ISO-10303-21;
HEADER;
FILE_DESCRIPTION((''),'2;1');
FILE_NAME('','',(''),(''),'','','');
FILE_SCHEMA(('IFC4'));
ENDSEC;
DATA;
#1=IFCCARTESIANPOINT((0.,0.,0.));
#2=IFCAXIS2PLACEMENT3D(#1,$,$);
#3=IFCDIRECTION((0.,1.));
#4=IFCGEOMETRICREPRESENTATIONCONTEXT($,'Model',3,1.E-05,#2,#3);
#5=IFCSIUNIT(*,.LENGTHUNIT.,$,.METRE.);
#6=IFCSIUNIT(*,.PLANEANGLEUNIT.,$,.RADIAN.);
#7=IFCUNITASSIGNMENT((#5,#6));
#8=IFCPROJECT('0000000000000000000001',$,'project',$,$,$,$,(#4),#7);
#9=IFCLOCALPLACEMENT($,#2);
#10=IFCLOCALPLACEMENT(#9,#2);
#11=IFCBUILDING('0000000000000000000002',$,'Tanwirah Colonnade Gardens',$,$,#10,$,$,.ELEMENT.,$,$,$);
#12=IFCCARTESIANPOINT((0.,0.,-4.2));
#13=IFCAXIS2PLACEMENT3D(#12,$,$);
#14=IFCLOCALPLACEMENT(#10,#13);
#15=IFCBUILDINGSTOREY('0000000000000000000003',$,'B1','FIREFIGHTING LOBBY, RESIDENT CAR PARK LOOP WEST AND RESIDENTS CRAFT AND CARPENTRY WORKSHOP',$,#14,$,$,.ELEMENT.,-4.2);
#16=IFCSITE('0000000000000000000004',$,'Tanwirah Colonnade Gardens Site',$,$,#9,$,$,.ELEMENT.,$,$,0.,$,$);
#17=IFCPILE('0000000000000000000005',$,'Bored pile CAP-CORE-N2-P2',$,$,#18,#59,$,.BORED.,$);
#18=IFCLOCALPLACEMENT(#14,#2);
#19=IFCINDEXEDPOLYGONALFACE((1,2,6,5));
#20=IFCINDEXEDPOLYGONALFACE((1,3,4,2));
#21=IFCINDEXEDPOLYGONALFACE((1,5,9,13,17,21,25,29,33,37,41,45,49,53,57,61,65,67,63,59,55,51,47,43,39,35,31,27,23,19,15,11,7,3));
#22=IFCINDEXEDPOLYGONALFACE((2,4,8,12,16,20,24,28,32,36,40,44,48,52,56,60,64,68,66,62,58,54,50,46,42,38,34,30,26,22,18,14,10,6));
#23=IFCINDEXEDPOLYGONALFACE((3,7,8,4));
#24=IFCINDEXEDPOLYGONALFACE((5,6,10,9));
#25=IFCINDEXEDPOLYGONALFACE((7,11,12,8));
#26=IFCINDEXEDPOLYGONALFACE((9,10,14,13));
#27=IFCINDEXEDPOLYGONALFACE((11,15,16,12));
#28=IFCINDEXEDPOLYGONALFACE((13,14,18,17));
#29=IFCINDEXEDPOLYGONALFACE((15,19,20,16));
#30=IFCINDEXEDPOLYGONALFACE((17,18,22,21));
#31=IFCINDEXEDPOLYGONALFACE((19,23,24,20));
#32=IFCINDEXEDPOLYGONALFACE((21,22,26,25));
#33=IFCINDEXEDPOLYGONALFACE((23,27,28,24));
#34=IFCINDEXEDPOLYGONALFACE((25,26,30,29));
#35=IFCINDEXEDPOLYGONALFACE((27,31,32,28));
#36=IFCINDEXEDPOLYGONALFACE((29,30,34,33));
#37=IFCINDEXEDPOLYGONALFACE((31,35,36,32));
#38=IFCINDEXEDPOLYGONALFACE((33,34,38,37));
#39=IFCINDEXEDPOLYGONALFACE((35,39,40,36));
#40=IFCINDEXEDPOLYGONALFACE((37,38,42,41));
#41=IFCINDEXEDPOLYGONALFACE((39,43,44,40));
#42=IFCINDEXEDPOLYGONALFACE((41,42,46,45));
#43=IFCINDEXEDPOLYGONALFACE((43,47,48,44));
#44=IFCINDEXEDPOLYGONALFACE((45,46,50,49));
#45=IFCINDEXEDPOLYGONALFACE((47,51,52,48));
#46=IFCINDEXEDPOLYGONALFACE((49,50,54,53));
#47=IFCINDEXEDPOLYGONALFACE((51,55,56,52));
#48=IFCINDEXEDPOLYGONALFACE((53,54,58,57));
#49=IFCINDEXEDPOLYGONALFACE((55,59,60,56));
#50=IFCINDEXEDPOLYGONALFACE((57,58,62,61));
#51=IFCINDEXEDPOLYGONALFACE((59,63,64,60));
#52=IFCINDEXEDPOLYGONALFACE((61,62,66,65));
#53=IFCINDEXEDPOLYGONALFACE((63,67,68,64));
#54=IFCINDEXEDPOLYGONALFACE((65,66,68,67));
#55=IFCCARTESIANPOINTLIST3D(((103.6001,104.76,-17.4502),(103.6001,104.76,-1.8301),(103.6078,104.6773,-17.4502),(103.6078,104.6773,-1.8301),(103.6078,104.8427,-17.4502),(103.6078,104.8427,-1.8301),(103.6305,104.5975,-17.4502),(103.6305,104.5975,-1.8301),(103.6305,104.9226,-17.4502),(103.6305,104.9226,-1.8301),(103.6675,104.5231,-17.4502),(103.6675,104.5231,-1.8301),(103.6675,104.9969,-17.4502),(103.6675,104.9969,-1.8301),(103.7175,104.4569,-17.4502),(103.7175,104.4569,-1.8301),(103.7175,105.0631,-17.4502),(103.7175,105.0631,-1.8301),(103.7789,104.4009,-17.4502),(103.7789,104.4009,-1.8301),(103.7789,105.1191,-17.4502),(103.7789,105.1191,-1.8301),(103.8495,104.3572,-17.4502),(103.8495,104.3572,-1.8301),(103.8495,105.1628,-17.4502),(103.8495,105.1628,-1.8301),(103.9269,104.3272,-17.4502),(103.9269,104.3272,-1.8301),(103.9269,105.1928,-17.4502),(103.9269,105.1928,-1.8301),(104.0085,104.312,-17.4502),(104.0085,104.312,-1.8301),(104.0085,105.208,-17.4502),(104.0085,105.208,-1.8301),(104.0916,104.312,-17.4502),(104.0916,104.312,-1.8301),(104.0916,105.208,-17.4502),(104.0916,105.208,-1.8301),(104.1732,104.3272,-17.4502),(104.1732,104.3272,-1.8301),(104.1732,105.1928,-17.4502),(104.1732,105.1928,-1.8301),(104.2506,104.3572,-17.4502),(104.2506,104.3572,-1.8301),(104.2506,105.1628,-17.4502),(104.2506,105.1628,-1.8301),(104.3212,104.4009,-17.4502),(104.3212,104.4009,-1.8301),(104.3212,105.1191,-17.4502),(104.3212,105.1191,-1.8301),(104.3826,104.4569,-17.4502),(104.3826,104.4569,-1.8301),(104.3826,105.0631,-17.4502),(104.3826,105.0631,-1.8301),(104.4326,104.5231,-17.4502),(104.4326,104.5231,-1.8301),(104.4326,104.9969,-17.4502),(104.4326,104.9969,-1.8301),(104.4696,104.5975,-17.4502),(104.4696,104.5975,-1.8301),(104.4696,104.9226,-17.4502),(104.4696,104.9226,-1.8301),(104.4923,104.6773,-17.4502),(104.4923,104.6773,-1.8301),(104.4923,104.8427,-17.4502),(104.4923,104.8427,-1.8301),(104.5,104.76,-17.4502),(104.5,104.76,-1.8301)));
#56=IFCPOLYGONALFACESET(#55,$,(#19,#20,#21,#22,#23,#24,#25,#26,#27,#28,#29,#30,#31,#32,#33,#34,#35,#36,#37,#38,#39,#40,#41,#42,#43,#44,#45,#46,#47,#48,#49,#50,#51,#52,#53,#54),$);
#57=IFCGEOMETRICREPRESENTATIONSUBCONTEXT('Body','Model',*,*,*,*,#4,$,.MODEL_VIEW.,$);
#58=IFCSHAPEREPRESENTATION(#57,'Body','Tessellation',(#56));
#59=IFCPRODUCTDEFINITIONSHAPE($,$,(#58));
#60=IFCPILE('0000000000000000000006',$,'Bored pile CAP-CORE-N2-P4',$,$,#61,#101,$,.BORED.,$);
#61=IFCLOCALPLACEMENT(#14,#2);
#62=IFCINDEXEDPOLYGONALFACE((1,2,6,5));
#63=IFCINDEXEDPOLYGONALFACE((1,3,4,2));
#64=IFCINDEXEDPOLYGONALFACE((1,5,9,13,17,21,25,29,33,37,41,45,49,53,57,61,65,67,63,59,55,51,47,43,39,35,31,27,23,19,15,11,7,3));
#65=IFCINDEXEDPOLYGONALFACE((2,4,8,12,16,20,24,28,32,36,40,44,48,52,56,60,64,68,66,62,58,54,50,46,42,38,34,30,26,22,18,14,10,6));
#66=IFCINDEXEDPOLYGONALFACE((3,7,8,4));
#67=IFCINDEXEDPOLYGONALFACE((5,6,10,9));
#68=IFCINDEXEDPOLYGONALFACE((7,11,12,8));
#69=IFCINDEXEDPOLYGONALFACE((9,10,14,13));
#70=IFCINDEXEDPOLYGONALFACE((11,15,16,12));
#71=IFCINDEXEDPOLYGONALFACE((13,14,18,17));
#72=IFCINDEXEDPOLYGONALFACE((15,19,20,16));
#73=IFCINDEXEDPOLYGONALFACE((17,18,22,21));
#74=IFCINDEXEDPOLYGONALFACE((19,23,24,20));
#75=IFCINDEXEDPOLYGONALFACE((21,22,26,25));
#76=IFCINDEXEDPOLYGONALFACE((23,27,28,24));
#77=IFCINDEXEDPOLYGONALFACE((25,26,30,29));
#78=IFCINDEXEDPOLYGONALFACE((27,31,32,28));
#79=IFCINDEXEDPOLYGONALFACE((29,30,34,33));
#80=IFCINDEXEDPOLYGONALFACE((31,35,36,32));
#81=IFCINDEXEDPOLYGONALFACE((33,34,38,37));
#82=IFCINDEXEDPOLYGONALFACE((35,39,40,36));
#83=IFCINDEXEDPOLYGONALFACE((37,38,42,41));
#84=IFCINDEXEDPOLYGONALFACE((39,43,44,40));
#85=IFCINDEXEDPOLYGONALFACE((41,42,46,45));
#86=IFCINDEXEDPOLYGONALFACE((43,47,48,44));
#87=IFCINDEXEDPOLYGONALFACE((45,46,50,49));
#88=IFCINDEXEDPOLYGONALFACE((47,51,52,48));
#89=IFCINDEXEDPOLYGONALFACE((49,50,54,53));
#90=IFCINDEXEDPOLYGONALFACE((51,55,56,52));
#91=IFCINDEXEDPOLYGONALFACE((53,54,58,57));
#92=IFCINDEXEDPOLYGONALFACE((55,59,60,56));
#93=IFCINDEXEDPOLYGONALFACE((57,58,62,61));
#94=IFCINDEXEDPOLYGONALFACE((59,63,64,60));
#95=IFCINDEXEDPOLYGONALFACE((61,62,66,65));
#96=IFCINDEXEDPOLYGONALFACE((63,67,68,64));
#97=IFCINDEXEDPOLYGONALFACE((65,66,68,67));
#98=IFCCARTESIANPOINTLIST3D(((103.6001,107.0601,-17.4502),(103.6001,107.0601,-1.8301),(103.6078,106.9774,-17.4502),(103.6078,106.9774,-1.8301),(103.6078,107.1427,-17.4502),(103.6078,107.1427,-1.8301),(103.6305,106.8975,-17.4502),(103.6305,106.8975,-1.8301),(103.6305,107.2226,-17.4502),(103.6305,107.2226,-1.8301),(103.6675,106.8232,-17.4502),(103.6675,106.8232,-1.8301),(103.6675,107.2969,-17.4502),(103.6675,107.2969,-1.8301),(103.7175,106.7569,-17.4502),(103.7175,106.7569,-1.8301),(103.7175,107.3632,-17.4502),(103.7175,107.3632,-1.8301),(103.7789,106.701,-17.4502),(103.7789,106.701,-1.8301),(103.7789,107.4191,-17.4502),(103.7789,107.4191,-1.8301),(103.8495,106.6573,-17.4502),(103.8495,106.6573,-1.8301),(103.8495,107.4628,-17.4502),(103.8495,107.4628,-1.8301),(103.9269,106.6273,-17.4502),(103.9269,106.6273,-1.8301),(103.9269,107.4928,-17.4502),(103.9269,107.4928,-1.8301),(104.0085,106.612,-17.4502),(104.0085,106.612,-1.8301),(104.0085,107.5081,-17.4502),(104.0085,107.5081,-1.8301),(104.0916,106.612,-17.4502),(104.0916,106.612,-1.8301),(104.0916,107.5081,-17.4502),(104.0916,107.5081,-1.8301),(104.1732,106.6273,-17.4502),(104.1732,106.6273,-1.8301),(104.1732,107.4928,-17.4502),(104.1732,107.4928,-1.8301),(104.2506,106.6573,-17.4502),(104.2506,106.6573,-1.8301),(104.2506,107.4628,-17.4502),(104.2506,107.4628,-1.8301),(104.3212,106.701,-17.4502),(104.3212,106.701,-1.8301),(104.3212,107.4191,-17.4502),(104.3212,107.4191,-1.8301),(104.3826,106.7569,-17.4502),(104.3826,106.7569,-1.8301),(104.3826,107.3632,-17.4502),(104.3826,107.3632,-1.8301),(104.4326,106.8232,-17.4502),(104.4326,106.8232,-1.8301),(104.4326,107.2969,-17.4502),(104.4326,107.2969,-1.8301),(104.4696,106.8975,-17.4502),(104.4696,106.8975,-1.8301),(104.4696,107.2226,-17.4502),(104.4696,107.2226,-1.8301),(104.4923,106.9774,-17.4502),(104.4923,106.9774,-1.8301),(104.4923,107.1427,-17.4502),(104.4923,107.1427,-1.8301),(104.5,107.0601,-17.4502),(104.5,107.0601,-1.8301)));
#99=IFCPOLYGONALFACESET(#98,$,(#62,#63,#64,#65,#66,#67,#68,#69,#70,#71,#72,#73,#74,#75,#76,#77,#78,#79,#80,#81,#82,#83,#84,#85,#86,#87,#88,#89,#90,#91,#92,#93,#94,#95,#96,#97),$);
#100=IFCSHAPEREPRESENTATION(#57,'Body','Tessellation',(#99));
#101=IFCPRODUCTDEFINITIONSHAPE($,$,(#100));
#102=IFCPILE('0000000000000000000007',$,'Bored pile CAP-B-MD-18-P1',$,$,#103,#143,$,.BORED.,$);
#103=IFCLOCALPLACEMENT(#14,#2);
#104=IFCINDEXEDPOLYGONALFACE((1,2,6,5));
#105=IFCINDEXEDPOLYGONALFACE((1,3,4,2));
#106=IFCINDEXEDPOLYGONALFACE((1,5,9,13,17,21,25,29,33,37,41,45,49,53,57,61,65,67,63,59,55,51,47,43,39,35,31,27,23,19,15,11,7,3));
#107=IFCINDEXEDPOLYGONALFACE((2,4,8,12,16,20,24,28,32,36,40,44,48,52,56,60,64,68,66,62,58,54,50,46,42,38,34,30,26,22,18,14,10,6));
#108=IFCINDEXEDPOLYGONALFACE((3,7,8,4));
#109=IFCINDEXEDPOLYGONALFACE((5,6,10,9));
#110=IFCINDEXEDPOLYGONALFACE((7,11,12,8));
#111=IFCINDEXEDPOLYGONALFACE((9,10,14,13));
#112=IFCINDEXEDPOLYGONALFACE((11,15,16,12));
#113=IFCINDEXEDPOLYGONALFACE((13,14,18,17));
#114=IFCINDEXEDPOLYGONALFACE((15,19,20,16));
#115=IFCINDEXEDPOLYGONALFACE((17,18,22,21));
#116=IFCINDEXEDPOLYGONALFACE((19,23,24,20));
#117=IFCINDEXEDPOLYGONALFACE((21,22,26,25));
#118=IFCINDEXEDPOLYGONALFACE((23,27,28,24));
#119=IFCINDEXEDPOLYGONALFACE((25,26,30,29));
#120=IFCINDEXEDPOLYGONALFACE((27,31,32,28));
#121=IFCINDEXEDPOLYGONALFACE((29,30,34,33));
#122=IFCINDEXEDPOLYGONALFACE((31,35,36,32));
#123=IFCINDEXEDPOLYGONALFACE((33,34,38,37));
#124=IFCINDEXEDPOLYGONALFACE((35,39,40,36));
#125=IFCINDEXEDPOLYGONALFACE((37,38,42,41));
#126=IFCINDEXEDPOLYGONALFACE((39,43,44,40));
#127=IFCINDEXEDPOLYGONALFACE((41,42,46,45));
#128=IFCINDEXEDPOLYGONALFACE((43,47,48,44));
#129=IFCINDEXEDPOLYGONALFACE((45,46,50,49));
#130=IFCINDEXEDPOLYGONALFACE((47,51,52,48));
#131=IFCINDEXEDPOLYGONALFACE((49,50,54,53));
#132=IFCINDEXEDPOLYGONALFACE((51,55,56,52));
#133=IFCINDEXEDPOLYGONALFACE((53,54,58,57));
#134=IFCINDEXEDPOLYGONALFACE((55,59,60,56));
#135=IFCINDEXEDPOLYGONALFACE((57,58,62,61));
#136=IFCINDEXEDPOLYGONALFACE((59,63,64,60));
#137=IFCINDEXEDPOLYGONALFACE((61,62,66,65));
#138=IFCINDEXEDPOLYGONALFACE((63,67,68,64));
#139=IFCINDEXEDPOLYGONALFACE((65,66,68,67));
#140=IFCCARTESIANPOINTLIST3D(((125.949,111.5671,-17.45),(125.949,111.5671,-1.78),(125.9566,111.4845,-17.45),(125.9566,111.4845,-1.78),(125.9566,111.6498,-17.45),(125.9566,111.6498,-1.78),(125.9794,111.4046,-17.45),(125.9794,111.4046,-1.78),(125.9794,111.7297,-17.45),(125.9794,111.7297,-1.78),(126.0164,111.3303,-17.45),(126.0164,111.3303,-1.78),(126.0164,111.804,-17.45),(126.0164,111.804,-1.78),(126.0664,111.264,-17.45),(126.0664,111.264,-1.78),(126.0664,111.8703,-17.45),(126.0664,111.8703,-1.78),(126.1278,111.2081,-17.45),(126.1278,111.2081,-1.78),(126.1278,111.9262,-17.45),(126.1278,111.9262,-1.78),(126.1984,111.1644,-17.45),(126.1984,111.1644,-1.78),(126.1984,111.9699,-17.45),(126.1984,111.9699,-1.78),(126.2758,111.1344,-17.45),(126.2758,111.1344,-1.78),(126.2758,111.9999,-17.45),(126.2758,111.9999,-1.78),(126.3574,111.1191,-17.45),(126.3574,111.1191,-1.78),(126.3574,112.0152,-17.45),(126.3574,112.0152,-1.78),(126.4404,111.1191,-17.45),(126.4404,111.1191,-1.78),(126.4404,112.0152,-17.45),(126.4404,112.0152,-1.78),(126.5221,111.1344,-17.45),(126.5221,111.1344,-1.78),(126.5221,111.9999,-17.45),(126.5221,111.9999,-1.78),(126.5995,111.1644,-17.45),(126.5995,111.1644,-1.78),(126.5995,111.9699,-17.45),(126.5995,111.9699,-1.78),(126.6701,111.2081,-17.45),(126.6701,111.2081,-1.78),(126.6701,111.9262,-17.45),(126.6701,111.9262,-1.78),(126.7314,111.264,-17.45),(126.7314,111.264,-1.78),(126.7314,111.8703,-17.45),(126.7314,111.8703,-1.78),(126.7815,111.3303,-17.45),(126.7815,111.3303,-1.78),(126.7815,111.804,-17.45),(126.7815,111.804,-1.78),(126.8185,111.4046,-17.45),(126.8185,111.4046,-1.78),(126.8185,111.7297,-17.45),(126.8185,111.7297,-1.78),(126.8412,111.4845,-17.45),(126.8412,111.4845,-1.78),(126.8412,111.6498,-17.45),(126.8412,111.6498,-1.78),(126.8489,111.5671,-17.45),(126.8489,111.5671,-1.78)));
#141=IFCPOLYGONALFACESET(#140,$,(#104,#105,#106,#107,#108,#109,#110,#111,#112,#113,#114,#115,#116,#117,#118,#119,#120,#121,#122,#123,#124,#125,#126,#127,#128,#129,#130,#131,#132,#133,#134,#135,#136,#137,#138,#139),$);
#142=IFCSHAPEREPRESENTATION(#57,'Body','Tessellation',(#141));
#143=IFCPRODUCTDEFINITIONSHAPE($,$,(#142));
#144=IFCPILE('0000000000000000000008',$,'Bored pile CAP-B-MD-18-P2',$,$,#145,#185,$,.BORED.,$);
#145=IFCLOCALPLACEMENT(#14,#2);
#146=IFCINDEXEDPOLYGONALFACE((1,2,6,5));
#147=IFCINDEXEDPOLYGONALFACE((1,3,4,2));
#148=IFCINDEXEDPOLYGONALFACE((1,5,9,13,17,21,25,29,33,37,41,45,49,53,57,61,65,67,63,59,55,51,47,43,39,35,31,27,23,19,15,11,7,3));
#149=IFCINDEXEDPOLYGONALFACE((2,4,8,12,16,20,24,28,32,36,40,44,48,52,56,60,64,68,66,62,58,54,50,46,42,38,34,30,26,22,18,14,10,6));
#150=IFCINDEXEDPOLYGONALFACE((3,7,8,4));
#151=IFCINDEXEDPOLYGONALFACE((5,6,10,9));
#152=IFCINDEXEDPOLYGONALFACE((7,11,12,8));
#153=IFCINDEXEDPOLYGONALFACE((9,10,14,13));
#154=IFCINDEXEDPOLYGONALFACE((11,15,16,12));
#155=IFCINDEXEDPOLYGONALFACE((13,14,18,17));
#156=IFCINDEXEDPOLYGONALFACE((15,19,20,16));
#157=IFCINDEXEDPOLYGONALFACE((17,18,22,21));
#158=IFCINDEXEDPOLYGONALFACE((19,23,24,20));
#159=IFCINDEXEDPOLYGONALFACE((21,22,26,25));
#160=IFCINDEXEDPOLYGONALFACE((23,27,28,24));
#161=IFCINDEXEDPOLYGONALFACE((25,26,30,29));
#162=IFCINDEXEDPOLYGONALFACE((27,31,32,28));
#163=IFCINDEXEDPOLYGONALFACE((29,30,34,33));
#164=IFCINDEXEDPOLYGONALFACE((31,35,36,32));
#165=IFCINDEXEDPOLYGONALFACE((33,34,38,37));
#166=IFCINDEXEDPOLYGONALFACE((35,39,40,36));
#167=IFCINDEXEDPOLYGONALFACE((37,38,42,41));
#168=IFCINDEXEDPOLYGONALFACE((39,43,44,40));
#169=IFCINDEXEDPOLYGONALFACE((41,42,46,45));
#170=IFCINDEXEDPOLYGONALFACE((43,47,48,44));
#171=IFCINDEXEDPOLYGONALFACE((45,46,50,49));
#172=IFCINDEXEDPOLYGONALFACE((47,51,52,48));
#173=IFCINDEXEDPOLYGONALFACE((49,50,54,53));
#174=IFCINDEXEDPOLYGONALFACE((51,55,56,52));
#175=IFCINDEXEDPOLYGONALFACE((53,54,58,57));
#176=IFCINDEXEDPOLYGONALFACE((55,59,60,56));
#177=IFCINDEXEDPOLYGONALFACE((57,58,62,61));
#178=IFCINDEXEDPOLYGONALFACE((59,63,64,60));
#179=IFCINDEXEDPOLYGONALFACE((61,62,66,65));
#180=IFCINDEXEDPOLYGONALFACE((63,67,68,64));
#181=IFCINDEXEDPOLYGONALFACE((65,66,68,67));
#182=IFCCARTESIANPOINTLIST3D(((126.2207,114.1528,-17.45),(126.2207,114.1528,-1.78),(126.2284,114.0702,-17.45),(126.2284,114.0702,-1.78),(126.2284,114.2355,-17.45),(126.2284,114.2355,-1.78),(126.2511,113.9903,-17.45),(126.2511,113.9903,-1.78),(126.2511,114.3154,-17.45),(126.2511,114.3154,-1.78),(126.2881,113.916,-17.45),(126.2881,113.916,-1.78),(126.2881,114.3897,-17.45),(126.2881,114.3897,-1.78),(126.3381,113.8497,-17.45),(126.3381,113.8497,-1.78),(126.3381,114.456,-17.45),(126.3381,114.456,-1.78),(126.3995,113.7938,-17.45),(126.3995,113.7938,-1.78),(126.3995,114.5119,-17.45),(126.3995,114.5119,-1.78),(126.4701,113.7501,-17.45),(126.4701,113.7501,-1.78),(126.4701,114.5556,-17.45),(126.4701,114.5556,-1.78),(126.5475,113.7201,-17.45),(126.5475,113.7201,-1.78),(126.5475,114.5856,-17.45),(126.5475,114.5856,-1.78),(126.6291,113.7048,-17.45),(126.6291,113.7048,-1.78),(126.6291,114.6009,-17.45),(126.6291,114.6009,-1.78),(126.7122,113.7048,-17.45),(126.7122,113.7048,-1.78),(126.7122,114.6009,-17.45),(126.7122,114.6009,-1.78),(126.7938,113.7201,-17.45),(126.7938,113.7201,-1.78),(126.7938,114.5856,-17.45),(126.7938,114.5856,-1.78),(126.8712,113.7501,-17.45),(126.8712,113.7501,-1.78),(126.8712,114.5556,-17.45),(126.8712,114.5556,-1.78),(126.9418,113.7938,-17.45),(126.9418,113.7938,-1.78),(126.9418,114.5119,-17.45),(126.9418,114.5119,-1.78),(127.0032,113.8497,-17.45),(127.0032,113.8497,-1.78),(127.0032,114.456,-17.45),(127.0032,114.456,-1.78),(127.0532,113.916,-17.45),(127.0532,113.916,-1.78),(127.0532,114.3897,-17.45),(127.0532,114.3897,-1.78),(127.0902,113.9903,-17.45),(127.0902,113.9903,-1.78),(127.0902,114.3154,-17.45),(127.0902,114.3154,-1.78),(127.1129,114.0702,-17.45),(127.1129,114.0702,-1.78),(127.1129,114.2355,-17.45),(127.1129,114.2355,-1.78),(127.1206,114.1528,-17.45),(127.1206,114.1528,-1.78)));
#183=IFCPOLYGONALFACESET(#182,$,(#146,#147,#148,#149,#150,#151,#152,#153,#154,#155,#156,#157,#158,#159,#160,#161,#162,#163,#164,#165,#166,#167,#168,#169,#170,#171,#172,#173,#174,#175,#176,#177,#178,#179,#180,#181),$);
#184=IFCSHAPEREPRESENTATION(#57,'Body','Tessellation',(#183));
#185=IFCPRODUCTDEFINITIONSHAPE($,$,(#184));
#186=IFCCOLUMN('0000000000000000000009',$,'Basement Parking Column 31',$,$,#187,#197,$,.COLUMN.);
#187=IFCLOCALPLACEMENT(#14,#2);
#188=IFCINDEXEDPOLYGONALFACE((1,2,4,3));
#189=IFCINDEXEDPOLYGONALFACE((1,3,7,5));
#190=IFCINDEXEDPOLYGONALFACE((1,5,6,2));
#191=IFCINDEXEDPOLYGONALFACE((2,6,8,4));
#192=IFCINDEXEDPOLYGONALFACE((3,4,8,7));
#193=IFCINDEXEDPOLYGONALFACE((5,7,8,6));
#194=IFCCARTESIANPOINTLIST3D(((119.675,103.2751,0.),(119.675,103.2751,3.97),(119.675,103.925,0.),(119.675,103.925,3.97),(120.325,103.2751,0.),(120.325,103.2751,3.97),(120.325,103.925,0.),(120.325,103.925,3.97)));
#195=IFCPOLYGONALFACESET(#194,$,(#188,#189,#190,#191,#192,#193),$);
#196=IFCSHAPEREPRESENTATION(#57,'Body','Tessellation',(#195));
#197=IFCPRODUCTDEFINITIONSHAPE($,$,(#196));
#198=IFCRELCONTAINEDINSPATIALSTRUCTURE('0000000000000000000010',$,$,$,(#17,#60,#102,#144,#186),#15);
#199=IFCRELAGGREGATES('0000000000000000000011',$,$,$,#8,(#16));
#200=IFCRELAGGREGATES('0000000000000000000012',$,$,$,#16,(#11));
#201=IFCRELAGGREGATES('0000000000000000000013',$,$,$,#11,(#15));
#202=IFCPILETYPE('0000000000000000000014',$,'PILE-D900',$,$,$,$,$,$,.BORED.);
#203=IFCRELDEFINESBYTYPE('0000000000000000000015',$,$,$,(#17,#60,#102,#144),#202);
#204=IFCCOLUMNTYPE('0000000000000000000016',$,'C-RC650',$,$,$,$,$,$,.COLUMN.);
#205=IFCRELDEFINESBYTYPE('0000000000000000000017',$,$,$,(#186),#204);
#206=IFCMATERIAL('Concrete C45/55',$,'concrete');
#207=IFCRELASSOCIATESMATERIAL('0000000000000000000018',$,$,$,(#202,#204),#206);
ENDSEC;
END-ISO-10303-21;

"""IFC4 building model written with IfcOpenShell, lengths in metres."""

from ifc_helpers import new_model, si_unit, direction, frame, origin, origin_2d, place, context, subcontext, project, spatial, rectangle, circle, extrude, material, material_profile, profile_set, type_object, element, save


model = new_model("IFC4")

# Units and contexts
model_context = context("Model", 3, precision=1e-05, world=origin(), true_north=direction((0.0, 1.0)))
body_context = subcontext(model_context, "Body", "Model", "MODEL_VIEW")
ifc_project = project(units=[si_unit("LENGTHUNIT", "METRE"), si_unit("PLANEANGLEUNIT", "RADIAN")], contexts=[model_context])

# Site, building, storey
site_placement = place(None, origin())
site = spatial("IfcSite", under=ifc_project, at=site_placement, Name="Tanwirah Colonnade Gardens Site", CompositionType="ELEMENT", RefElevation=0.0)
building_placement = place(site_placement, origin())
building = spatial("IfcBuilding", under=site, at=building_placement, Name="Tanwirah Colonnade Gardens", CompositionType="ELEMENT")
storey_placement = place(building_placement, frame((0.0, 0.0, -4.2)))
storey = spatial("IfcBuildingStorey", under=building, at=storey_placement, Name="B1", Description="FIREFIGHTING LOBBY, RESIDENT CAR PARK LOOP WEST AND RESIDENTS CRAFT AND CARPENTRY WORKSHOP", CompositionType="ELEMENT", Elevation=-4.2)

# Shared definitions
ifc_material_1 = material(Name="Concrete C45/55", Category="concrete")

# Piles
ifc_material_profile_1 = material_profile(ifc_material_1, circle(Radius=0.45, at=origin_2d()), Name="PILE D900")
ifc_profile_set_1 = profile_set([ifc_material_profile_1], Name="Concrete C45/55")
pile_type_1 = type_object("IfcPileType", Name="PILE-D900", PredefinedType="BORED", material=ifc_profile_set_1)
for number, where, z_axis, x_axis, name in (
    (1, (104.05, 104.76, -1.8301), (0.0, 0.0, -1.0), (1.0, 0.0, 0.0), "Bored pile CAP-CORE-N2-P2"),
    (2, (104.05, 107.0601, -1.8301), (0.0, 0.0, -1.0), (1.0, 0.0, 0.0), "Bored pile CAP-CORE-N2-P4"),
):
    element("IfcPile", number, at=place(storey_placement, frame(where, z_axis=z_axis, x_axis=x_axis)), inside=storey, type_object=pile_type_1, Name=name, PredefinedType="BORED", context=body_context, shape_type="SweptSolid", body=[
        extrude(circle(Radius=0.45, at=origin_2d()), origin(), (0.0, 0.0, 1.0), 15.6201),
    ])
for number, where, z_axis, x_axis, name in (
    (3, (126.3989, 111.5671, -1.78), (0.0, 0.0, -1.0), (1.0, 0.0, 0.0), "Bored pile CAP-B-MD-18-P1"),
    (4, (126.6707, 114.1528, -1.78), (0.0, 0.0, -1.0), (1.0, 0.0, 0.0), "Bored pile CAP-B-MD-18-P2"),
):
    element("IfcPile", number, at=place(storey_placement, frame(where, z_axis=z_axis, x_axis=x_axis)), inside=storey, type_object=pile_type_1, Name=name, PredefinedType="BORED", context=body_context, shape_type="SweptSolid", body=[
        extrude(circle(Radius=0.45, at=origin_2d()), origin(), (0.0, 0.0, 1.0), 15.6699),
    ])

# Column
ifc_material_profile_2 = material_profile(ifc_material_1, rectangle(XDim=0.6499, YDim=0.6499, at=origin_2d()), Name="RC-COL 650x650")
ifc_profile_set_2 = profile_set([ifc_material_profile_2], Name="Concrete C45/55")
column_type_1 = type_object("IfcColumnType", Name="C-RC650", PredefinedType="COLUMN", material=ifc_profile_set_2)
column_placement = place(storey_placement, frame((120.0, 103.6001, 0.0), z_axis=(0.0, 0.0, 1.0), x_axis=(1.0, 0.0, 0.0)))
element("IfcColumn", 5, at=column_placement, inside=storey, type_object=column_type_1, Name="Basement Parking Column 31", PredefinedType="COLUMN", context=body_context, shape_type="SweptSolid", body=[
    extrude(rectangle(XDim=0.6499, YDim=0.6499, at=origin_2d()), origin(), (0.0, 0.0, 1.0), 3.97),
])

save(model, "model.ifc")
